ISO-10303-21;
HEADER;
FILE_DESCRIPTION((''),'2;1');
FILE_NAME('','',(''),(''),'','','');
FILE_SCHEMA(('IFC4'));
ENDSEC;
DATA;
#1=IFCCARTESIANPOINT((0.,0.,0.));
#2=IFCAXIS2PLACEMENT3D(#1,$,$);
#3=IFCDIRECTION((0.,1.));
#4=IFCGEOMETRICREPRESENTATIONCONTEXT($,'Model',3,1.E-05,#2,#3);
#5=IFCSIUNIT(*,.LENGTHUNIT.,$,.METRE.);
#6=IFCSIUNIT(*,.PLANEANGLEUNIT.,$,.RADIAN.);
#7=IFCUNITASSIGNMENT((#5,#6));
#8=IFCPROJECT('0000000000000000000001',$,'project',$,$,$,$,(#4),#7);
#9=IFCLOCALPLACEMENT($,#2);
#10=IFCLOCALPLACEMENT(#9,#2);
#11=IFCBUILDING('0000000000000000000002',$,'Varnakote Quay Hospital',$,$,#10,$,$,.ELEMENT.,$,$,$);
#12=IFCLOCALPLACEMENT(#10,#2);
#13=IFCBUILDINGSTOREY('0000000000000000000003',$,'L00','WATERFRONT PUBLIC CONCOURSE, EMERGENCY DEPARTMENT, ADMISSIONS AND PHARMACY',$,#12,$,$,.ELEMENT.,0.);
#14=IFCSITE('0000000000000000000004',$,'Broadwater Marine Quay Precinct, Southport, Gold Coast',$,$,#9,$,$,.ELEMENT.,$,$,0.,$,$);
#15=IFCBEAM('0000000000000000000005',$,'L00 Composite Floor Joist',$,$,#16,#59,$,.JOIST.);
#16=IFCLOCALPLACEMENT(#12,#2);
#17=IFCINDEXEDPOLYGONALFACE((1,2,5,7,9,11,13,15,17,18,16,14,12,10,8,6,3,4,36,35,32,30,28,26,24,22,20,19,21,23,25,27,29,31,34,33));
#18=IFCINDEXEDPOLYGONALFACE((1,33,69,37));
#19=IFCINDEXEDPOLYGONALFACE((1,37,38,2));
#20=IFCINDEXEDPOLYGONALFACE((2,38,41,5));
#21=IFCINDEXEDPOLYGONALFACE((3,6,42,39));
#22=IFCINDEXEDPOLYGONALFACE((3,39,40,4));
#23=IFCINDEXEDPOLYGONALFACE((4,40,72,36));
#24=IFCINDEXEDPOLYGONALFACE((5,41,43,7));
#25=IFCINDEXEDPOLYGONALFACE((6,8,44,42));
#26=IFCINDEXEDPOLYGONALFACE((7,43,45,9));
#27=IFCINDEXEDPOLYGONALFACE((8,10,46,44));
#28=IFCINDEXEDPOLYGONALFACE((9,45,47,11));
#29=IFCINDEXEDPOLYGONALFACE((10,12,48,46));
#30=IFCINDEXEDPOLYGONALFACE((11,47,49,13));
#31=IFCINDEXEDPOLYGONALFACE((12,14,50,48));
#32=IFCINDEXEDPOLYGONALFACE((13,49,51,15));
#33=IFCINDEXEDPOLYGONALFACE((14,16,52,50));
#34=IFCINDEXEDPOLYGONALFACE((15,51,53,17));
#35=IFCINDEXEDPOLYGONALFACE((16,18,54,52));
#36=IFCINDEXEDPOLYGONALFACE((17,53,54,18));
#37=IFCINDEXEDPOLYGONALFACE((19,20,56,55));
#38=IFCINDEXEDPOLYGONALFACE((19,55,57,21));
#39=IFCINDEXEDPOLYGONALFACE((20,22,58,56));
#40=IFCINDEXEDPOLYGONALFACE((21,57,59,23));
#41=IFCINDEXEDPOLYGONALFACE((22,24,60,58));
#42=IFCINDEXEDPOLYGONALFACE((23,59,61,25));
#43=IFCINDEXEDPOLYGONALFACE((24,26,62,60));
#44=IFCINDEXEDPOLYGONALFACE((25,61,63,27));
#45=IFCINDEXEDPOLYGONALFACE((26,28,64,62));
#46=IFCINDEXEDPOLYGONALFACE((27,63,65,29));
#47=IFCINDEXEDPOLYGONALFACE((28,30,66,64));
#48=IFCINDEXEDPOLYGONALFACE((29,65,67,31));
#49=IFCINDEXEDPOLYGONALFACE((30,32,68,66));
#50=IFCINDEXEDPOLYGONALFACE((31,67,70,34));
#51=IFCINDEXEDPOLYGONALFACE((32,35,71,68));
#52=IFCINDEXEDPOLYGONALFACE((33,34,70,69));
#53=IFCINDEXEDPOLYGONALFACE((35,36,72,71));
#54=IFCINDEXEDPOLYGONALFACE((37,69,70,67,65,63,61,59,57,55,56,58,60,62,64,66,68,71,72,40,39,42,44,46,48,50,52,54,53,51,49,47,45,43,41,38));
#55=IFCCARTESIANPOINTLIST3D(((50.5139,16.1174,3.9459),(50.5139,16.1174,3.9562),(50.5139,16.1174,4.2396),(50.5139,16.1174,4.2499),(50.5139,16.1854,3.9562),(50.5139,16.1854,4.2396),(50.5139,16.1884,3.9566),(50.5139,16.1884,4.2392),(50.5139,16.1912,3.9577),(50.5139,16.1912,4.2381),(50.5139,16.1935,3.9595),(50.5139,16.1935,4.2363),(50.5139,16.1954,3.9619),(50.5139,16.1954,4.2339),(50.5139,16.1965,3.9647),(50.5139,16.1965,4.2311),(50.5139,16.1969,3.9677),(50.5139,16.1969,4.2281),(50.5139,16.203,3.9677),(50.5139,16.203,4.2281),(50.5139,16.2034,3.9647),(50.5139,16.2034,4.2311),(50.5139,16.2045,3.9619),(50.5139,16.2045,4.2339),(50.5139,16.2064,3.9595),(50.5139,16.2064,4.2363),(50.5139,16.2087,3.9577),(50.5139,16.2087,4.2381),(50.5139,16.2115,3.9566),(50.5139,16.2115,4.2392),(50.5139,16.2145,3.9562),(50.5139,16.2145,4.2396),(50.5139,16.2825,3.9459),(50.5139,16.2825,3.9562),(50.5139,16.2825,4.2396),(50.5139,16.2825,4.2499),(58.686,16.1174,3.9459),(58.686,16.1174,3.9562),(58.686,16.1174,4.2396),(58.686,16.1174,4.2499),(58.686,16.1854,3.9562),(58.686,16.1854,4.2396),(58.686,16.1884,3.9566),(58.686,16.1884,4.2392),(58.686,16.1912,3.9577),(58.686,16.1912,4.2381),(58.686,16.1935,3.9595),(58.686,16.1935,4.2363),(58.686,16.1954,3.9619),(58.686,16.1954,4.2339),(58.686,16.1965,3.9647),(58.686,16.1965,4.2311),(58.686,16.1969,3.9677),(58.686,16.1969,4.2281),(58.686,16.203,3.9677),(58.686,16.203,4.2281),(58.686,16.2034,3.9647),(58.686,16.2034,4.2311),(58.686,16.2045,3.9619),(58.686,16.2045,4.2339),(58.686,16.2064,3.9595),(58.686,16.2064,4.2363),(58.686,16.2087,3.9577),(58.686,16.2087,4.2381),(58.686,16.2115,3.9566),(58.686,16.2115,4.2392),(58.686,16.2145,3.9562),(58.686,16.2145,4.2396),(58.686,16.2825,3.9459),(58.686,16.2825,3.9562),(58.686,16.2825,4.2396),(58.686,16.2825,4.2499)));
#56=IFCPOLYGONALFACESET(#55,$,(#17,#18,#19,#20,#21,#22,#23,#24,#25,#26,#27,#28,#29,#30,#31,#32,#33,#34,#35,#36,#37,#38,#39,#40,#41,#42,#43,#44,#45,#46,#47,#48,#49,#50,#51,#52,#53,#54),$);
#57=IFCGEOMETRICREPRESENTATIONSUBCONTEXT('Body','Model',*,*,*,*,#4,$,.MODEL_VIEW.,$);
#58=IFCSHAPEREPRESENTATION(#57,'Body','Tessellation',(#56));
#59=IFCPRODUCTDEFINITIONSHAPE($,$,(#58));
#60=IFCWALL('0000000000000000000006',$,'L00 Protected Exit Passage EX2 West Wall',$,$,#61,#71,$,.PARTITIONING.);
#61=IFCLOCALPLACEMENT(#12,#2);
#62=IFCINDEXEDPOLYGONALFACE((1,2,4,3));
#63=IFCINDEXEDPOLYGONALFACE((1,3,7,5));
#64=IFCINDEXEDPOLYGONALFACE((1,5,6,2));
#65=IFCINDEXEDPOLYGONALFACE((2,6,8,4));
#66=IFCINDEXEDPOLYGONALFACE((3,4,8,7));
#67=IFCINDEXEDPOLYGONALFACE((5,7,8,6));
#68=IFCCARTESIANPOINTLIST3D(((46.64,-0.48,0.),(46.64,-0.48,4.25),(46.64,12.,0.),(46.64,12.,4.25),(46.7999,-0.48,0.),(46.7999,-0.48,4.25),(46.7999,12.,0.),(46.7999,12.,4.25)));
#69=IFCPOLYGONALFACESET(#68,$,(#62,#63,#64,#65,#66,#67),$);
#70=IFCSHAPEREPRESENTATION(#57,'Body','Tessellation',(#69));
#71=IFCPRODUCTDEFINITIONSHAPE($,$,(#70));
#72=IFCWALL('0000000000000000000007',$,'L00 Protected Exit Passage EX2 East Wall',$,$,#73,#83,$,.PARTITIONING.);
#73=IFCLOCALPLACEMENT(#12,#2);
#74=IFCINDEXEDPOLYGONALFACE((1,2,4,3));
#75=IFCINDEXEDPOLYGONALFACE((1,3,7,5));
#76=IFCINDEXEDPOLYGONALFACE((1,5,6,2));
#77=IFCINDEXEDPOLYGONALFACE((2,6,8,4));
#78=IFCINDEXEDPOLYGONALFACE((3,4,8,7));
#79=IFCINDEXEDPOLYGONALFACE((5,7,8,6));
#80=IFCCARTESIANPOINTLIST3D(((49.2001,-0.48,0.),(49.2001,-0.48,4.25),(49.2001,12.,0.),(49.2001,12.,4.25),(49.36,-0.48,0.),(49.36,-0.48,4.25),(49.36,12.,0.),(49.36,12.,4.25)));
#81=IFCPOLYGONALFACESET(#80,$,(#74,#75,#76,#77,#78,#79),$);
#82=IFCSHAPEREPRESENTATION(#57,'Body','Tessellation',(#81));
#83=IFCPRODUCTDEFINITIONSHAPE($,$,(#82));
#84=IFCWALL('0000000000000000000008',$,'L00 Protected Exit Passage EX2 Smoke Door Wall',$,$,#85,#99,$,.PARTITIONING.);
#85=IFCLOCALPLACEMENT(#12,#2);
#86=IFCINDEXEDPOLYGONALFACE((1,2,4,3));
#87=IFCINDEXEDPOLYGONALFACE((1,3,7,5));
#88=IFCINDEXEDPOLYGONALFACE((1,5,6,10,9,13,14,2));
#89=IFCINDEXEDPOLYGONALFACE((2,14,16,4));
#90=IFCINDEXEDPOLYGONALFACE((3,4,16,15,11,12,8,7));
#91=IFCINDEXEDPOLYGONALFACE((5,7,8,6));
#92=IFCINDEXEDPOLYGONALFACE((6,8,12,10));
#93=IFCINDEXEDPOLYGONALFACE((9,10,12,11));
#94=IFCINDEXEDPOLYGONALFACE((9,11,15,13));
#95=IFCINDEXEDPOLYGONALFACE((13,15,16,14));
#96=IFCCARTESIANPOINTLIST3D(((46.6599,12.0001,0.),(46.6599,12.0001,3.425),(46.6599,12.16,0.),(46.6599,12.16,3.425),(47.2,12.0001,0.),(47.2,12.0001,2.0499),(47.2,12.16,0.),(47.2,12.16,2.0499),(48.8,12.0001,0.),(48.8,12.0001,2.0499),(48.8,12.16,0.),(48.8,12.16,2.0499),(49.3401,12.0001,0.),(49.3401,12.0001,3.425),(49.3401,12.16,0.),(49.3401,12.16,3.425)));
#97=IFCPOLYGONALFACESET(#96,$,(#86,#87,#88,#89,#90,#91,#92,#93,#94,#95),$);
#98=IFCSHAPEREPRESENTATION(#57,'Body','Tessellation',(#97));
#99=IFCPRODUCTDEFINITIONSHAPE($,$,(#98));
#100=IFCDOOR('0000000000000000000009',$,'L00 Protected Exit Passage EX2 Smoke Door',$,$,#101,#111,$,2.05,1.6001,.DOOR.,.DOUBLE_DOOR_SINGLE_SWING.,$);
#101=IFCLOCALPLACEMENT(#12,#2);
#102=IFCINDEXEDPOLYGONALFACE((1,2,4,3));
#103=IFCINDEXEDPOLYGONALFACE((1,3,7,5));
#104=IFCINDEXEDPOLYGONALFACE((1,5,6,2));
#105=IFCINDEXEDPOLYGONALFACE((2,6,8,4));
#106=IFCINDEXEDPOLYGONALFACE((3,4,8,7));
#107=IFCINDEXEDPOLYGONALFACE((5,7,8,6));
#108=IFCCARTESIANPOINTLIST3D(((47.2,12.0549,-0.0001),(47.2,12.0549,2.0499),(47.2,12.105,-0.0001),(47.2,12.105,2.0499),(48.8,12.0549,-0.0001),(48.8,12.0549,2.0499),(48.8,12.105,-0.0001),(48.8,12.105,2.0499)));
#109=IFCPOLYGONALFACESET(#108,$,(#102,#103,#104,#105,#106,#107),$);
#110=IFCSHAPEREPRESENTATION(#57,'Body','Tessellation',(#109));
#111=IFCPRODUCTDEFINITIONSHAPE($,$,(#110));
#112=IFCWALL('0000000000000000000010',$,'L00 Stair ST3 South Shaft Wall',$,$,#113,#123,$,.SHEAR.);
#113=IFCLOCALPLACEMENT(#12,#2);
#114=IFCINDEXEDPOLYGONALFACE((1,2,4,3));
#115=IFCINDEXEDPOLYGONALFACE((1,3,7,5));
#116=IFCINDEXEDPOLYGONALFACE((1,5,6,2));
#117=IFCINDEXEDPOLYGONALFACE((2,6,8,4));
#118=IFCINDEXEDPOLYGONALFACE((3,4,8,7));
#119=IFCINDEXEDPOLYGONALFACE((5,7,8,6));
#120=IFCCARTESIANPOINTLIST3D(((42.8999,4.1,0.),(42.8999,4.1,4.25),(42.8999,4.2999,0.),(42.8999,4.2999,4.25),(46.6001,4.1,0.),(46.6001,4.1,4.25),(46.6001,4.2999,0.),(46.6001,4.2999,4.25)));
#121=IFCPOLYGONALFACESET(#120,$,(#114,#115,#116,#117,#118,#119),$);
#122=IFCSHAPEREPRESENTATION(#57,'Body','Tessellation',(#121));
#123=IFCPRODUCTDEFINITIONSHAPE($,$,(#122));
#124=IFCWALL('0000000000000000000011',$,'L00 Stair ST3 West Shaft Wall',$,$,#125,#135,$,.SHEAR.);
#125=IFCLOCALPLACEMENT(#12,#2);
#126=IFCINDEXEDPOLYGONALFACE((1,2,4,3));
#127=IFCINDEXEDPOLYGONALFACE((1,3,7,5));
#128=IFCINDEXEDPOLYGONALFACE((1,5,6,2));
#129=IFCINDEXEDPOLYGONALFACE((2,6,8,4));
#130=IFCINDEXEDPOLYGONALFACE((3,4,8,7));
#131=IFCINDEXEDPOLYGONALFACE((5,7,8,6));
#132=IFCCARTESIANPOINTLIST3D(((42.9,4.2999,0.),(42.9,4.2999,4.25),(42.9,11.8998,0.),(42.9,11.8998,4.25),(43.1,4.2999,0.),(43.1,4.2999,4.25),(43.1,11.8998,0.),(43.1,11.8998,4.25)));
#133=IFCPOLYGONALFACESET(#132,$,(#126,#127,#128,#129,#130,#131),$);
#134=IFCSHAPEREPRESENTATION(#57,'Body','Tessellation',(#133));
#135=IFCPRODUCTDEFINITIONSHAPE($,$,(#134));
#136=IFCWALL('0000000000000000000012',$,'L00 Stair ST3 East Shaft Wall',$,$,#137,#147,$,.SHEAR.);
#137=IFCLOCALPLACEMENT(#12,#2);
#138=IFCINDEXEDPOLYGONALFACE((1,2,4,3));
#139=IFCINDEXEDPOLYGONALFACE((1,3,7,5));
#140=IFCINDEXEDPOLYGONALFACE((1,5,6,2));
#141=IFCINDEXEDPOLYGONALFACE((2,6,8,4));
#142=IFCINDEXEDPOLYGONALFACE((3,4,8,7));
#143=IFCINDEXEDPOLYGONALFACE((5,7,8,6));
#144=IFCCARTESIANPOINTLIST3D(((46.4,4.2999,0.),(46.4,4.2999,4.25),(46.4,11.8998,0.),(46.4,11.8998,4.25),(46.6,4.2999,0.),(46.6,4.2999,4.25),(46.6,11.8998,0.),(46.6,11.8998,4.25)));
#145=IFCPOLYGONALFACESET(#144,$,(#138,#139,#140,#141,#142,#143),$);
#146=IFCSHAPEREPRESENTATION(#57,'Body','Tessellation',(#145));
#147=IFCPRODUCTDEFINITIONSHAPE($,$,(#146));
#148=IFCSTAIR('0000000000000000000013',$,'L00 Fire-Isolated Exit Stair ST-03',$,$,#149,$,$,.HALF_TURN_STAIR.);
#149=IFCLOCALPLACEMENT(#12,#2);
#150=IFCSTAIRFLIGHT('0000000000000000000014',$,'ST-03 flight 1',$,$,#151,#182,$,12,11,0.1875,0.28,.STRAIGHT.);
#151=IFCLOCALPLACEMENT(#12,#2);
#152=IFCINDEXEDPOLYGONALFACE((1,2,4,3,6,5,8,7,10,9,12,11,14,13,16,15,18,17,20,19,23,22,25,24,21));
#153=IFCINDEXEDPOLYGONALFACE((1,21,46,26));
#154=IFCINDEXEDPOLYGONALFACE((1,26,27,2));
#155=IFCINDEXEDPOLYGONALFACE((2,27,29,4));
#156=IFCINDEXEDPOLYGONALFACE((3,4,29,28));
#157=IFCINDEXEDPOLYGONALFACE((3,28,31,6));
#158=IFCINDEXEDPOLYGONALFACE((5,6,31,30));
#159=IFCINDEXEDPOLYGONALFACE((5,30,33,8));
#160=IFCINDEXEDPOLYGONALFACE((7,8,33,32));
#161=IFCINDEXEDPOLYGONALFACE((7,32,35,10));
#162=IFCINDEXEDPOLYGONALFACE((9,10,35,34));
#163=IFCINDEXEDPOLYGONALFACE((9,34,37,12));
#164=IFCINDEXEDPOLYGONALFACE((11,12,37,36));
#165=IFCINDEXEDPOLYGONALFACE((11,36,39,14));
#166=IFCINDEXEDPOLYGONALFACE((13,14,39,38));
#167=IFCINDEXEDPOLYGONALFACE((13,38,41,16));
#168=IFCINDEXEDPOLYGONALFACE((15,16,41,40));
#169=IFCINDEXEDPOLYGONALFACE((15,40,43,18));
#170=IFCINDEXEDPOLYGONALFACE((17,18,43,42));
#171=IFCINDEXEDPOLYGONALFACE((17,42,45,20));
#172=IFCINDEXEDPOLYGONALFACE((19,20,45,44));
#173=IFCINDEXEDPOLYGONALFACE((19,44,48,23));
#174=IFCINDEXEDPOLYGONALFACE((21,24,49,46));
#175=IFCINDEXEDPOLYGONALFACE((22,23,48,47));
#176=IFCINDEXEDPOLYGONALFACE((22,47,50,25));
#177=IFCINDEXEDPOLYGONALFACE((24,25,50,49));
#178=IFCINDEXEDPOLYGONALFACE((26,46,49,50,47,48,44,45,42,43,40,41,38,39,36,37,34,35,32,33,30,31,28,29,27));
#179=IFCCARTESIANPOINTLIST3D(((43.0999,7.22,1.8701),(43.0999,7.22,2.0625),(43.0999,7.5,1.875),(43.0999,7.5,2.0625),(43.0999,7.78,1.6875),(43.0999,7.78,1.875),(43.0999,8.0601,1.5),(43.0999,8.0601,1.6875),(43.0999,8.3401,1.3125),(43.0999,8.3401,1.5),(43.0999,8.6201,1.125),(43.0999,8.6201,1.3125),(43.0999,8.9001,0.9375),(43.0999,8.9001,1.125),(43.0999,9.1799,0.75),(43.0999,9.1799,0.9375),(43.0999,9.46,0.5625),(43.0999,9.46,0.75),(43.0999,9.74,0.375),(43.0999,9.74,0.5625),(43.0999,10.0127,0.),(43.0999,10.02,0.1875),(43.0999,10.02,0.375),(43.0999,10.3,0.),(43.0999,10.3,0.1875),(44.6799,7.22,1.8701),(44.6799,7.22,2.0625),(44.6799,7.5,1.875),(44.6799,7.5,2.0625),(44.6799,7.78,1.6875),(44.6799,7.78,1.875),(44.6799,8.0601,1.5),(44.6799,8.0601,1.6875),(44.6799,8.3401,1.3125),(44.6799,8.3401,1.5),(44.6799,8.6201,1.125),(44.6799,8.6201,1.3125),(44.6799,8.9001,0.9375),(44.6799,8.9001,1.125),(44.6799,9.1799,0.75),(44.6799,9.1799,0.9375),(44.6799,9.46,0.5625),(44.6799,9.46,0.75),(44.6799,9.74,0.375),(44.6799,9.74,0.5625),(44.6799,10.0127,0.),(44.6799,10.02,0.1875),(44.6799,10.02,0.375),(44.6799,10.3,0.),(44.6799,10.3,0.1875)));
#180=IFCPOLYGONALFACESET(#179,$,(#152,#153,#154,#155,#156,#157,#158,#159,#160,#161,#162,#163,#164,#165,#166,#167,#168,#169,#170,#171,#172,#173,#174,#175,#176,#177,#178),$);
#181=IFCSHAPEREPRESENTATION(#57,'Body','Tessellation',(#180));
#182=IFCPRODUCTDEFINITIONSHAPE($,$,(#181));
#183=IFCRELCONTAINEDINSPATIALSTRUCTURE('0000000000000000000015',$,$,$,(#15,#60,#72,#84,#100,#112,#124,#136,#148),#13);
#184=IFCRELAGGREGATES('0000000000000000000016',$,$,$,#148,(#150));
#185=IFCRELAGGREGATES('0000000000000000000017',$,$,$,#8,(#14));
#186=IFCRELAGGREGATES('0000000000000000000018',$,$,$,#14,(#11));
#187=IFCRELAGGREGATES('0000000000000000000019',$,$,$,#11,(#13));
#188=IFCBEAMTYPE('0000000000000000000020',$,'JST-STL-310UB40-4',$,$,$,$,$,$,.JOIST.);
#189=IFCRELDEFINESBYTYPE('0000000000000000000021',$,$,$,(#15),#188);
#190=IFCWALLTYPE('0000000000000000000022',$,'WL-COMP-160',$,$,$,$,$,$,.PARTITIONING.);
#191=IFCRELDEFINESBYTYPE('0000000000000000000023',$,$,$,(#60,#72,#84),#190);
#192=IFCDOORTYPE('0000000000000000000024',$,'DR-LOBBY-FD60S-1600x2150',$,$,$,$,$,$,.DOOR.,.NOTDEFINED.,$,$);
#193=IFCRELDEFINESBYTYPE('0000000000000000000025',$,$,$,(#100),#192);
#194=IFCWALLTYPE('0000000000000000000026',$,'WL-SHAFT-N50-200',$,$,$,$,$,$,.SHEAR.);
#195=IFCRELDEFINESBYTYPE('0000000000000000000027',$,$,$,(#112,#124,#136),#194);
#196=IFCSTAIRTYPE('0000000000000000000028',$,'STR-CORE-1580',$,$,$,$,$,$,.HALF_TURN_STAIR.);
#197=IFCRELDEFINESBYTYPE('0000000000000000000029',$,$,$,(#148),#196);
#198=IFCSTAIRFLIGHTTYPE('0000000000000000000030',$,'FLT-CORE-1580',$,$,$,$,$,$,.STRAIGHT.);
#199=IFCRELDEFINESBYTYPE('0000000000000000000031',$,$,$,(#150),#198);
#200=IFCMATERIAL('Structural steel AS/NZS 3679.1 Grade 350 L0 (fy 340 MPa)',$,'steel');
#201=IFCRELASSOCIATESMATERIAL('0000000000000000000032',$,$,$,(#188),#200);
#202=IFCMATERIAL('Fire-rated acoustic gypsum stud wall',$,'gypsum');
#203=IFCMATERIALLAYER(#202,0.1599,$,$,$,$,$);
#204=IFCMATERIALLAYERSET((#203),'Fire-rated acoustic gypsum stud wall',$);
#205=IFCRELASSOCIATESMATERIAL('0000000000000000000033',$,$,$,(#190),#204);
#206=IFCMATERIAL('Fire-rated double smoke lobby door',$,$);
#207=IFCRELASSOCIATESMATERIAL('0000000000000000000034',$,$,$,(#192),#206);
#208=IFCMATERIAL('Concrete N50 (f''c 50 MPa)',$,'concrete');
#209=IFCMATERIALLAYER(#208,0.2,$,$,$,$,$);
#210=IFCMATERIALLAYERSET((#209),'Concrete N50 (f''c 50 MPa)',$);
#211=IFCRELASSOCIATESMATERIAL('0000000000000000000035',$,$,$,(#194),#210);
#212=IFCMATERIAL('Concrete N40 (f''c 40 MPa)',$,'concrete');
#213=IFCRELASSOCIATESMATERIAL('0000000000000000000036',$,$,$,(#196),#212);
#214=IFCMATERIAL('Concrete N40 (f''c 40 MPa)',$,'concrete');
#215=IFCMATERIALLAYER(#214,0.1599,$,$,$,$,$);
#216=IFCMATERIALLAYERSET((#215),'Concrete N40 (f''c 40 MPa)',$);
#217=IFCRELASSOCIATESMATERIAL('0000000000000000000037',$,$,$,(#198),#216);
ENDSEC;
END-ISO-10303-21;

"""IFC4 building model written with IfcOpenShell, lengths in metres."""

from ifc_helpers import new_model, si_unit, direction, frame, frame_2d, origin, origin_2d, place, context, subcontext, project, spatial, polyline, rectangle, i_section, outline, extrude, material, layer, layer_set, material_profile, profile_set, type_object, element, fill, aggregate, save


model = new_model("IFC4")

# Units and contexts
model_context = context("Model", 3, precision=1e-05, world=origin(), true_north=direction((0.0, 1.0)))
body_context = subcontext(model_context, "Body", "Model", "MODEL_VIEW")
ifc_project = project(units=[si_unit("LENGTHUNIT", "METRE"), si_unit("PLANEANGLEUNIT", "RADIAN")], contexts=[model_context])

# Site, building, storey
site_placement = place(None, origin())
site = spatial("IfcSite", under=ifc_project, at=site_placement, Name="Broadwater Marine Quay Precinct, Southport, Gold Coast", CompositionType="ELEMENT", RefElevation=0.0)
building_placement = place(site_placement, origin())
building = spatial("IfcBuilding", under=site, at=building_placement, Name="Varnakote Quay Hospital", CompositionType="ELEMENT")
storey_placement = place(building_placement, origin())
storey = spatial("IfcBuildingStorey", under=building, at=storey_placement, Name="L00", Description="WATERFRONT PUBLIC CONCOURSE, EMERGENCY DEPARTMENT, ADMISSIONS AND PHARMACY", CompositionType="ELEMENT", Elevation=0.0)

# Beam
ifc_material_1 = material(Name="Structural steel AS/NZS 3679.1 Grade 350 L0 (fy 340 MPa)", Category="steel")
ifc_material_profile_1 = material_profile(ifc_material_1, i_section(OverallWidth=0.165, OverallDepth=0.304, WebThickness=0.0061, FlangeThickness=0.0103, FilletRadius=0.0115, at=origin_2d()), Name="310UB40.4")
ifc_profile_set_1 = profile_set([ifc_material_profile_1], Name="Structural steel AS/NZS 3679.1 Grade 350 L0 (fy 340 MPa)")
beam_type_1 = type_object("IfcBeamType", Name="JST-STL-310UB40-4", PredefinedType="JOIST", material=ifc_profile_set_1)
beam_1_placement = place(storey_placement, frame((50.5139, 16.2, 4.0979), z_axis=(1.0, 0.0, 0.0), x_axis=(0.0, 1.0, 0.0)))
element("IfcBeam", 1, at=beam_1_placement, inside=storey, type_object=beam_type_1, Name="L00 Composite Floor Joist", PredefinedType="JOIST", context=body_context, shape_type="SweptSolid", body=[
    extrude(i_section(OverallWidth=0.165, OverallDepth=0.304, WebThickness=0.0061, FlangeThickness=0.0103, FilletRadius=0.0115, at=origin_2d()), origin(), (0.0, 0.0, 1.0), 8.1721),
])

# Walls
ifc_material_2 = material(Name="Fire-rated acoustic gypsum stud wall", Category="gypsum")
ifc_layer_1 = layer(ifc_material_2, 0.1599)
ifc_layer_set_1 = layer_set([ifc_layer_1], Name="Fire-rated acoustic gypsum stud wall")
wall_type_1 = type_object("IfcWallType", Name="WL-COMP-160", PredefinedType="PARTITIONING", material=ifc_layer_set_1)
for number, where, z_axis, x_axis, name in (
    (2, (46.72, -0.48, 0.0), (0.0, 0.0, 1.0), (0.0, 1.0, 0.0), "L00 Protected Exit Passage EX2 West Wall"),
    (3, (49.28, -0.48, 0.0), (0.0, 0.0, 1.0), (0.0, 1.0, 0.0), "L00 Protected Exit Passage EX2 East Wall"),
):
    element("IfcWall", number, at=place(storey_placement, frame(where, z_axis=z_axis, x_axis=x_axis)), inside=storey, type_object=wall_type_1, Name=name, PredefinedType="PARTITIONING", context=body_context, shape_type="SweptSolid", body=[
        extrude(rectangle(XDim=12.48, YDim=0.1599, at=frame_2d((6.24, 0.0))), origin(), (0.0, 0.0, 1.0), 4.25),
    ])

# Wall, opening, door
wall_1_placement = place(storey_placement, frame((46.6599, 12.0801, 0.0), z_axis=(0.0, 0.0, 1.0), x_axis=(1.0, 0.0, 0.0)))
wall_1 = element("IfcWall", 4, at=wall_1_placement, inside=storey, type_object=wall_type_1, Name="L00 Protected Exit Passage EX2 Smoke Door Wall", PredefinedType="PARTITIONING", context=body_context, shape_type="SweptSolid", body=[
    extrude(rectangle(XDim=2.6802, YDim=0.1599, at=frame_2d((1.3401, 0.0))), origin(), (0.0, 0.0, 1.0), 3.425),
])
opening_1_placement = place(wall_1_placement, frame((0.54, 0.0, 0.0)))
opening_1 = element("IfcOpeningElement", 5, at=opening_1_placement, cuts=wall_1, PredefinedType="OPENING", context=body_context, shape_type="SweptSolid", body=[
    extrude(rectangle(XDim=1.6001, YDim=2.05, at=frame_2d((0.8, 1.0249))), frame((0.0, 0.0898, 0.0), z_axis=(0.0, -1.0, 0.0), x_axis=(1.0, 0.0, 0.0)), (0.0, 0.0, 1.0), 0.1799),
])
ifc_material_3 = material(Name="Fire-rated double smoke lobby door")
door_type_1 = type_object("IfcDoorType", Name="DR-LOBBY-FD60S-1600x2150", OperationType="NOTDEFINED", PredefinedType="DOOR", material=ifc_material_3)
door_1_placement = place(opening_1_placement, origin())
door_1 = element("IfcDoor", 6, at=door_1_placement, inside=storey, type_object=door_type_1, Name="L00 Protected Exit Passage EX2 Smoke Door", OperationType="DOUBLE_DOOR_SINGLE_SWING", OverallHeight=2.05, OverallWidth=1.6001, PredefinedType="DOOR", context=body_context, shape_type="SweptSolid", body=[
    extrude(rectangle(XDim=1.6001, YDim=2.05, at=frame_2d((0.8, 1.0249))), frame((0.0, 0.0249, 0.0), z_axis=(0.0, -1.0, 0.0), x_axis=(1.0, 0.0, 0.0)), (0.0, 0.0, 1.0), 0.05),
])
fill(opening_1, door_1)

# Walls
ifc_material_4 = material(Name="Concrete N50 (f'c 50 MPa)", Category="concrete")
ifc_layer_2 = layer(ifc_material_4, 0.2)
ifc_layer_set_2 = layer_set([ifc_layer_2], Name="Concrete N50 (f'c 50 MPa)")
wall_type_2 = type_object("IfcWallType", Name="WL-SHAFT-N50-200", PredefinedType="SHEAR", material=ifc_layer_set_2)
wall_2_placement = place(storey_placement, frame((42.8999, 4.2, 0.0), z_axis=(0.0, 0.0, 1.0), x_axis=(1.0, 0.0, 0.0)))
element("IfcWall", 7, at=wall_2_placement, inside=storey, type_object=wall_type_2, Name="L00 Stair ST3 South Shaft Wall", PredefinedType="SHEAR", context=body_context, shape_type="SweptSolid", body=[
    extrude(rectangle(XDim=3.7002, YDim=0.2, at=frame_2d((1.8501, 0.0))), origin(), (0.0, 0.0, 1.0), 4.25),
])
for number, where, z_axis, x_axis, name in (
    (8, (43.0, 4.3, 0.0), (0.0, 0.0, 1.0), (0.0, 1.0, 0.0), "L00 Stair ST3 West Shaft Wall"),
    (9, (46.5, 4.3, 0.0), (0.0, 0.0, 1.0), (0.0, 1.0, 0.0), "L00 Stair ST3 East Shaft Wall"),
):
    element("IfcWall", number, at=place(storey_placement, frame(where, z_axis=z_axis, x_axis=x_axis)), inside=storey, type_object=wall_type_2, Name=name, PredefinedType="SHEAR", context=body_context, shape_type="SweptSolid", body=[
        extrude(rectangle(XDim=7.5999, YDim=0.2, at=frame_2d((3.7998, 0.0))), origin(), (0.0, 0.0, 1.0), 4.25),
    ])

# Stair, stair flight
ifc_material_5 = material(Name="Concrete N40 (f'c 40 MPa)", Category="concrete")
stair_type = type_object("IfcStairType", Name="STR-CORE-1580", PredefinedType="HALF_TURN_STAIR", material=ifc_material_5)
stair_placement = place(storey_placement, origin())
stair = element("IfcStair", 10, at=stair_placement, inside=storey, type_object=stair_type, Name="L00 Fire-Isolated Exit Stair ST-03", PredefinedType="HALF_TURN_STAIR")
ifc_material_6 = material(Name="Concrete N40 (f'c 40 MPa)", Category="concrete")
ifc_layer_3 = layer(ifc_material_6, 0.1599)
ifc_layer_set_3 = layer_set([ifc_layer_3], Name="Concrete N40 (f'c 40 MPa)")
stair_flight_type = type_object("IfcStairFlightType", Name="FLT-CORE-1580", PredefinedType="STRAIGHT", material=ifc_layer_set_3)
stair_flight_1_placement = place(storey_placement, frame((43.8899, 10.3, 0.0), z_axis=(0.0, 0.0, 1.0), x_axis=(0.0, -1.0, 0.0)))
stair_flight_1 = element("IfcStairFlight", 11, at=stair_flight_1_placement, type_object=stair_flight_type, Name="ST-03 flight 1", NumberOfRisers=12, NumberOfTreads=11, PredefinedType="STRAIGHT", RiserHeight=0.1875, TreadLength=0.28, context=body_context, shape_type="SweptSolid", body=[
    extrude(outline(polyline([(0.0, 0.0), (0.0, 0.1875), (0.28, 0.1875), (0.28, 0.375), (0.5601, 0.375), (0.5601, 0.5625), (0.8401, 0.5625), (0.8401, 0.75), (1.1201, 0.75), (1.1201, 0.9375), (1.3999, 0.9375), (1.3999, 1.125), (1.6799, 1.125), (1.6799, 1.3125), (1.96, 1.3125), (1.96, 1.5), (2.24, 1.5), (2.24, 1.6875), (2.52, 1.6875), (2.52, 1.875), (2.8, 1.875), (2.8, 2.0625), (3.0801, 2.0625), (3.0801, 2.25), (3.0801, 1.8701), (0.2874, 0.0), (0.0, 0.0)])), frame((0.0, 0.79, 0.0), z_axis=(0.0, -1.0, 0.0), x_axis=(1.0, 0.0, 0.0)), (0.0, 0.0, 1.0), 1.5801),
])
aggregate(stair, [stair_flight_1])

save(model, "model.ifc")
